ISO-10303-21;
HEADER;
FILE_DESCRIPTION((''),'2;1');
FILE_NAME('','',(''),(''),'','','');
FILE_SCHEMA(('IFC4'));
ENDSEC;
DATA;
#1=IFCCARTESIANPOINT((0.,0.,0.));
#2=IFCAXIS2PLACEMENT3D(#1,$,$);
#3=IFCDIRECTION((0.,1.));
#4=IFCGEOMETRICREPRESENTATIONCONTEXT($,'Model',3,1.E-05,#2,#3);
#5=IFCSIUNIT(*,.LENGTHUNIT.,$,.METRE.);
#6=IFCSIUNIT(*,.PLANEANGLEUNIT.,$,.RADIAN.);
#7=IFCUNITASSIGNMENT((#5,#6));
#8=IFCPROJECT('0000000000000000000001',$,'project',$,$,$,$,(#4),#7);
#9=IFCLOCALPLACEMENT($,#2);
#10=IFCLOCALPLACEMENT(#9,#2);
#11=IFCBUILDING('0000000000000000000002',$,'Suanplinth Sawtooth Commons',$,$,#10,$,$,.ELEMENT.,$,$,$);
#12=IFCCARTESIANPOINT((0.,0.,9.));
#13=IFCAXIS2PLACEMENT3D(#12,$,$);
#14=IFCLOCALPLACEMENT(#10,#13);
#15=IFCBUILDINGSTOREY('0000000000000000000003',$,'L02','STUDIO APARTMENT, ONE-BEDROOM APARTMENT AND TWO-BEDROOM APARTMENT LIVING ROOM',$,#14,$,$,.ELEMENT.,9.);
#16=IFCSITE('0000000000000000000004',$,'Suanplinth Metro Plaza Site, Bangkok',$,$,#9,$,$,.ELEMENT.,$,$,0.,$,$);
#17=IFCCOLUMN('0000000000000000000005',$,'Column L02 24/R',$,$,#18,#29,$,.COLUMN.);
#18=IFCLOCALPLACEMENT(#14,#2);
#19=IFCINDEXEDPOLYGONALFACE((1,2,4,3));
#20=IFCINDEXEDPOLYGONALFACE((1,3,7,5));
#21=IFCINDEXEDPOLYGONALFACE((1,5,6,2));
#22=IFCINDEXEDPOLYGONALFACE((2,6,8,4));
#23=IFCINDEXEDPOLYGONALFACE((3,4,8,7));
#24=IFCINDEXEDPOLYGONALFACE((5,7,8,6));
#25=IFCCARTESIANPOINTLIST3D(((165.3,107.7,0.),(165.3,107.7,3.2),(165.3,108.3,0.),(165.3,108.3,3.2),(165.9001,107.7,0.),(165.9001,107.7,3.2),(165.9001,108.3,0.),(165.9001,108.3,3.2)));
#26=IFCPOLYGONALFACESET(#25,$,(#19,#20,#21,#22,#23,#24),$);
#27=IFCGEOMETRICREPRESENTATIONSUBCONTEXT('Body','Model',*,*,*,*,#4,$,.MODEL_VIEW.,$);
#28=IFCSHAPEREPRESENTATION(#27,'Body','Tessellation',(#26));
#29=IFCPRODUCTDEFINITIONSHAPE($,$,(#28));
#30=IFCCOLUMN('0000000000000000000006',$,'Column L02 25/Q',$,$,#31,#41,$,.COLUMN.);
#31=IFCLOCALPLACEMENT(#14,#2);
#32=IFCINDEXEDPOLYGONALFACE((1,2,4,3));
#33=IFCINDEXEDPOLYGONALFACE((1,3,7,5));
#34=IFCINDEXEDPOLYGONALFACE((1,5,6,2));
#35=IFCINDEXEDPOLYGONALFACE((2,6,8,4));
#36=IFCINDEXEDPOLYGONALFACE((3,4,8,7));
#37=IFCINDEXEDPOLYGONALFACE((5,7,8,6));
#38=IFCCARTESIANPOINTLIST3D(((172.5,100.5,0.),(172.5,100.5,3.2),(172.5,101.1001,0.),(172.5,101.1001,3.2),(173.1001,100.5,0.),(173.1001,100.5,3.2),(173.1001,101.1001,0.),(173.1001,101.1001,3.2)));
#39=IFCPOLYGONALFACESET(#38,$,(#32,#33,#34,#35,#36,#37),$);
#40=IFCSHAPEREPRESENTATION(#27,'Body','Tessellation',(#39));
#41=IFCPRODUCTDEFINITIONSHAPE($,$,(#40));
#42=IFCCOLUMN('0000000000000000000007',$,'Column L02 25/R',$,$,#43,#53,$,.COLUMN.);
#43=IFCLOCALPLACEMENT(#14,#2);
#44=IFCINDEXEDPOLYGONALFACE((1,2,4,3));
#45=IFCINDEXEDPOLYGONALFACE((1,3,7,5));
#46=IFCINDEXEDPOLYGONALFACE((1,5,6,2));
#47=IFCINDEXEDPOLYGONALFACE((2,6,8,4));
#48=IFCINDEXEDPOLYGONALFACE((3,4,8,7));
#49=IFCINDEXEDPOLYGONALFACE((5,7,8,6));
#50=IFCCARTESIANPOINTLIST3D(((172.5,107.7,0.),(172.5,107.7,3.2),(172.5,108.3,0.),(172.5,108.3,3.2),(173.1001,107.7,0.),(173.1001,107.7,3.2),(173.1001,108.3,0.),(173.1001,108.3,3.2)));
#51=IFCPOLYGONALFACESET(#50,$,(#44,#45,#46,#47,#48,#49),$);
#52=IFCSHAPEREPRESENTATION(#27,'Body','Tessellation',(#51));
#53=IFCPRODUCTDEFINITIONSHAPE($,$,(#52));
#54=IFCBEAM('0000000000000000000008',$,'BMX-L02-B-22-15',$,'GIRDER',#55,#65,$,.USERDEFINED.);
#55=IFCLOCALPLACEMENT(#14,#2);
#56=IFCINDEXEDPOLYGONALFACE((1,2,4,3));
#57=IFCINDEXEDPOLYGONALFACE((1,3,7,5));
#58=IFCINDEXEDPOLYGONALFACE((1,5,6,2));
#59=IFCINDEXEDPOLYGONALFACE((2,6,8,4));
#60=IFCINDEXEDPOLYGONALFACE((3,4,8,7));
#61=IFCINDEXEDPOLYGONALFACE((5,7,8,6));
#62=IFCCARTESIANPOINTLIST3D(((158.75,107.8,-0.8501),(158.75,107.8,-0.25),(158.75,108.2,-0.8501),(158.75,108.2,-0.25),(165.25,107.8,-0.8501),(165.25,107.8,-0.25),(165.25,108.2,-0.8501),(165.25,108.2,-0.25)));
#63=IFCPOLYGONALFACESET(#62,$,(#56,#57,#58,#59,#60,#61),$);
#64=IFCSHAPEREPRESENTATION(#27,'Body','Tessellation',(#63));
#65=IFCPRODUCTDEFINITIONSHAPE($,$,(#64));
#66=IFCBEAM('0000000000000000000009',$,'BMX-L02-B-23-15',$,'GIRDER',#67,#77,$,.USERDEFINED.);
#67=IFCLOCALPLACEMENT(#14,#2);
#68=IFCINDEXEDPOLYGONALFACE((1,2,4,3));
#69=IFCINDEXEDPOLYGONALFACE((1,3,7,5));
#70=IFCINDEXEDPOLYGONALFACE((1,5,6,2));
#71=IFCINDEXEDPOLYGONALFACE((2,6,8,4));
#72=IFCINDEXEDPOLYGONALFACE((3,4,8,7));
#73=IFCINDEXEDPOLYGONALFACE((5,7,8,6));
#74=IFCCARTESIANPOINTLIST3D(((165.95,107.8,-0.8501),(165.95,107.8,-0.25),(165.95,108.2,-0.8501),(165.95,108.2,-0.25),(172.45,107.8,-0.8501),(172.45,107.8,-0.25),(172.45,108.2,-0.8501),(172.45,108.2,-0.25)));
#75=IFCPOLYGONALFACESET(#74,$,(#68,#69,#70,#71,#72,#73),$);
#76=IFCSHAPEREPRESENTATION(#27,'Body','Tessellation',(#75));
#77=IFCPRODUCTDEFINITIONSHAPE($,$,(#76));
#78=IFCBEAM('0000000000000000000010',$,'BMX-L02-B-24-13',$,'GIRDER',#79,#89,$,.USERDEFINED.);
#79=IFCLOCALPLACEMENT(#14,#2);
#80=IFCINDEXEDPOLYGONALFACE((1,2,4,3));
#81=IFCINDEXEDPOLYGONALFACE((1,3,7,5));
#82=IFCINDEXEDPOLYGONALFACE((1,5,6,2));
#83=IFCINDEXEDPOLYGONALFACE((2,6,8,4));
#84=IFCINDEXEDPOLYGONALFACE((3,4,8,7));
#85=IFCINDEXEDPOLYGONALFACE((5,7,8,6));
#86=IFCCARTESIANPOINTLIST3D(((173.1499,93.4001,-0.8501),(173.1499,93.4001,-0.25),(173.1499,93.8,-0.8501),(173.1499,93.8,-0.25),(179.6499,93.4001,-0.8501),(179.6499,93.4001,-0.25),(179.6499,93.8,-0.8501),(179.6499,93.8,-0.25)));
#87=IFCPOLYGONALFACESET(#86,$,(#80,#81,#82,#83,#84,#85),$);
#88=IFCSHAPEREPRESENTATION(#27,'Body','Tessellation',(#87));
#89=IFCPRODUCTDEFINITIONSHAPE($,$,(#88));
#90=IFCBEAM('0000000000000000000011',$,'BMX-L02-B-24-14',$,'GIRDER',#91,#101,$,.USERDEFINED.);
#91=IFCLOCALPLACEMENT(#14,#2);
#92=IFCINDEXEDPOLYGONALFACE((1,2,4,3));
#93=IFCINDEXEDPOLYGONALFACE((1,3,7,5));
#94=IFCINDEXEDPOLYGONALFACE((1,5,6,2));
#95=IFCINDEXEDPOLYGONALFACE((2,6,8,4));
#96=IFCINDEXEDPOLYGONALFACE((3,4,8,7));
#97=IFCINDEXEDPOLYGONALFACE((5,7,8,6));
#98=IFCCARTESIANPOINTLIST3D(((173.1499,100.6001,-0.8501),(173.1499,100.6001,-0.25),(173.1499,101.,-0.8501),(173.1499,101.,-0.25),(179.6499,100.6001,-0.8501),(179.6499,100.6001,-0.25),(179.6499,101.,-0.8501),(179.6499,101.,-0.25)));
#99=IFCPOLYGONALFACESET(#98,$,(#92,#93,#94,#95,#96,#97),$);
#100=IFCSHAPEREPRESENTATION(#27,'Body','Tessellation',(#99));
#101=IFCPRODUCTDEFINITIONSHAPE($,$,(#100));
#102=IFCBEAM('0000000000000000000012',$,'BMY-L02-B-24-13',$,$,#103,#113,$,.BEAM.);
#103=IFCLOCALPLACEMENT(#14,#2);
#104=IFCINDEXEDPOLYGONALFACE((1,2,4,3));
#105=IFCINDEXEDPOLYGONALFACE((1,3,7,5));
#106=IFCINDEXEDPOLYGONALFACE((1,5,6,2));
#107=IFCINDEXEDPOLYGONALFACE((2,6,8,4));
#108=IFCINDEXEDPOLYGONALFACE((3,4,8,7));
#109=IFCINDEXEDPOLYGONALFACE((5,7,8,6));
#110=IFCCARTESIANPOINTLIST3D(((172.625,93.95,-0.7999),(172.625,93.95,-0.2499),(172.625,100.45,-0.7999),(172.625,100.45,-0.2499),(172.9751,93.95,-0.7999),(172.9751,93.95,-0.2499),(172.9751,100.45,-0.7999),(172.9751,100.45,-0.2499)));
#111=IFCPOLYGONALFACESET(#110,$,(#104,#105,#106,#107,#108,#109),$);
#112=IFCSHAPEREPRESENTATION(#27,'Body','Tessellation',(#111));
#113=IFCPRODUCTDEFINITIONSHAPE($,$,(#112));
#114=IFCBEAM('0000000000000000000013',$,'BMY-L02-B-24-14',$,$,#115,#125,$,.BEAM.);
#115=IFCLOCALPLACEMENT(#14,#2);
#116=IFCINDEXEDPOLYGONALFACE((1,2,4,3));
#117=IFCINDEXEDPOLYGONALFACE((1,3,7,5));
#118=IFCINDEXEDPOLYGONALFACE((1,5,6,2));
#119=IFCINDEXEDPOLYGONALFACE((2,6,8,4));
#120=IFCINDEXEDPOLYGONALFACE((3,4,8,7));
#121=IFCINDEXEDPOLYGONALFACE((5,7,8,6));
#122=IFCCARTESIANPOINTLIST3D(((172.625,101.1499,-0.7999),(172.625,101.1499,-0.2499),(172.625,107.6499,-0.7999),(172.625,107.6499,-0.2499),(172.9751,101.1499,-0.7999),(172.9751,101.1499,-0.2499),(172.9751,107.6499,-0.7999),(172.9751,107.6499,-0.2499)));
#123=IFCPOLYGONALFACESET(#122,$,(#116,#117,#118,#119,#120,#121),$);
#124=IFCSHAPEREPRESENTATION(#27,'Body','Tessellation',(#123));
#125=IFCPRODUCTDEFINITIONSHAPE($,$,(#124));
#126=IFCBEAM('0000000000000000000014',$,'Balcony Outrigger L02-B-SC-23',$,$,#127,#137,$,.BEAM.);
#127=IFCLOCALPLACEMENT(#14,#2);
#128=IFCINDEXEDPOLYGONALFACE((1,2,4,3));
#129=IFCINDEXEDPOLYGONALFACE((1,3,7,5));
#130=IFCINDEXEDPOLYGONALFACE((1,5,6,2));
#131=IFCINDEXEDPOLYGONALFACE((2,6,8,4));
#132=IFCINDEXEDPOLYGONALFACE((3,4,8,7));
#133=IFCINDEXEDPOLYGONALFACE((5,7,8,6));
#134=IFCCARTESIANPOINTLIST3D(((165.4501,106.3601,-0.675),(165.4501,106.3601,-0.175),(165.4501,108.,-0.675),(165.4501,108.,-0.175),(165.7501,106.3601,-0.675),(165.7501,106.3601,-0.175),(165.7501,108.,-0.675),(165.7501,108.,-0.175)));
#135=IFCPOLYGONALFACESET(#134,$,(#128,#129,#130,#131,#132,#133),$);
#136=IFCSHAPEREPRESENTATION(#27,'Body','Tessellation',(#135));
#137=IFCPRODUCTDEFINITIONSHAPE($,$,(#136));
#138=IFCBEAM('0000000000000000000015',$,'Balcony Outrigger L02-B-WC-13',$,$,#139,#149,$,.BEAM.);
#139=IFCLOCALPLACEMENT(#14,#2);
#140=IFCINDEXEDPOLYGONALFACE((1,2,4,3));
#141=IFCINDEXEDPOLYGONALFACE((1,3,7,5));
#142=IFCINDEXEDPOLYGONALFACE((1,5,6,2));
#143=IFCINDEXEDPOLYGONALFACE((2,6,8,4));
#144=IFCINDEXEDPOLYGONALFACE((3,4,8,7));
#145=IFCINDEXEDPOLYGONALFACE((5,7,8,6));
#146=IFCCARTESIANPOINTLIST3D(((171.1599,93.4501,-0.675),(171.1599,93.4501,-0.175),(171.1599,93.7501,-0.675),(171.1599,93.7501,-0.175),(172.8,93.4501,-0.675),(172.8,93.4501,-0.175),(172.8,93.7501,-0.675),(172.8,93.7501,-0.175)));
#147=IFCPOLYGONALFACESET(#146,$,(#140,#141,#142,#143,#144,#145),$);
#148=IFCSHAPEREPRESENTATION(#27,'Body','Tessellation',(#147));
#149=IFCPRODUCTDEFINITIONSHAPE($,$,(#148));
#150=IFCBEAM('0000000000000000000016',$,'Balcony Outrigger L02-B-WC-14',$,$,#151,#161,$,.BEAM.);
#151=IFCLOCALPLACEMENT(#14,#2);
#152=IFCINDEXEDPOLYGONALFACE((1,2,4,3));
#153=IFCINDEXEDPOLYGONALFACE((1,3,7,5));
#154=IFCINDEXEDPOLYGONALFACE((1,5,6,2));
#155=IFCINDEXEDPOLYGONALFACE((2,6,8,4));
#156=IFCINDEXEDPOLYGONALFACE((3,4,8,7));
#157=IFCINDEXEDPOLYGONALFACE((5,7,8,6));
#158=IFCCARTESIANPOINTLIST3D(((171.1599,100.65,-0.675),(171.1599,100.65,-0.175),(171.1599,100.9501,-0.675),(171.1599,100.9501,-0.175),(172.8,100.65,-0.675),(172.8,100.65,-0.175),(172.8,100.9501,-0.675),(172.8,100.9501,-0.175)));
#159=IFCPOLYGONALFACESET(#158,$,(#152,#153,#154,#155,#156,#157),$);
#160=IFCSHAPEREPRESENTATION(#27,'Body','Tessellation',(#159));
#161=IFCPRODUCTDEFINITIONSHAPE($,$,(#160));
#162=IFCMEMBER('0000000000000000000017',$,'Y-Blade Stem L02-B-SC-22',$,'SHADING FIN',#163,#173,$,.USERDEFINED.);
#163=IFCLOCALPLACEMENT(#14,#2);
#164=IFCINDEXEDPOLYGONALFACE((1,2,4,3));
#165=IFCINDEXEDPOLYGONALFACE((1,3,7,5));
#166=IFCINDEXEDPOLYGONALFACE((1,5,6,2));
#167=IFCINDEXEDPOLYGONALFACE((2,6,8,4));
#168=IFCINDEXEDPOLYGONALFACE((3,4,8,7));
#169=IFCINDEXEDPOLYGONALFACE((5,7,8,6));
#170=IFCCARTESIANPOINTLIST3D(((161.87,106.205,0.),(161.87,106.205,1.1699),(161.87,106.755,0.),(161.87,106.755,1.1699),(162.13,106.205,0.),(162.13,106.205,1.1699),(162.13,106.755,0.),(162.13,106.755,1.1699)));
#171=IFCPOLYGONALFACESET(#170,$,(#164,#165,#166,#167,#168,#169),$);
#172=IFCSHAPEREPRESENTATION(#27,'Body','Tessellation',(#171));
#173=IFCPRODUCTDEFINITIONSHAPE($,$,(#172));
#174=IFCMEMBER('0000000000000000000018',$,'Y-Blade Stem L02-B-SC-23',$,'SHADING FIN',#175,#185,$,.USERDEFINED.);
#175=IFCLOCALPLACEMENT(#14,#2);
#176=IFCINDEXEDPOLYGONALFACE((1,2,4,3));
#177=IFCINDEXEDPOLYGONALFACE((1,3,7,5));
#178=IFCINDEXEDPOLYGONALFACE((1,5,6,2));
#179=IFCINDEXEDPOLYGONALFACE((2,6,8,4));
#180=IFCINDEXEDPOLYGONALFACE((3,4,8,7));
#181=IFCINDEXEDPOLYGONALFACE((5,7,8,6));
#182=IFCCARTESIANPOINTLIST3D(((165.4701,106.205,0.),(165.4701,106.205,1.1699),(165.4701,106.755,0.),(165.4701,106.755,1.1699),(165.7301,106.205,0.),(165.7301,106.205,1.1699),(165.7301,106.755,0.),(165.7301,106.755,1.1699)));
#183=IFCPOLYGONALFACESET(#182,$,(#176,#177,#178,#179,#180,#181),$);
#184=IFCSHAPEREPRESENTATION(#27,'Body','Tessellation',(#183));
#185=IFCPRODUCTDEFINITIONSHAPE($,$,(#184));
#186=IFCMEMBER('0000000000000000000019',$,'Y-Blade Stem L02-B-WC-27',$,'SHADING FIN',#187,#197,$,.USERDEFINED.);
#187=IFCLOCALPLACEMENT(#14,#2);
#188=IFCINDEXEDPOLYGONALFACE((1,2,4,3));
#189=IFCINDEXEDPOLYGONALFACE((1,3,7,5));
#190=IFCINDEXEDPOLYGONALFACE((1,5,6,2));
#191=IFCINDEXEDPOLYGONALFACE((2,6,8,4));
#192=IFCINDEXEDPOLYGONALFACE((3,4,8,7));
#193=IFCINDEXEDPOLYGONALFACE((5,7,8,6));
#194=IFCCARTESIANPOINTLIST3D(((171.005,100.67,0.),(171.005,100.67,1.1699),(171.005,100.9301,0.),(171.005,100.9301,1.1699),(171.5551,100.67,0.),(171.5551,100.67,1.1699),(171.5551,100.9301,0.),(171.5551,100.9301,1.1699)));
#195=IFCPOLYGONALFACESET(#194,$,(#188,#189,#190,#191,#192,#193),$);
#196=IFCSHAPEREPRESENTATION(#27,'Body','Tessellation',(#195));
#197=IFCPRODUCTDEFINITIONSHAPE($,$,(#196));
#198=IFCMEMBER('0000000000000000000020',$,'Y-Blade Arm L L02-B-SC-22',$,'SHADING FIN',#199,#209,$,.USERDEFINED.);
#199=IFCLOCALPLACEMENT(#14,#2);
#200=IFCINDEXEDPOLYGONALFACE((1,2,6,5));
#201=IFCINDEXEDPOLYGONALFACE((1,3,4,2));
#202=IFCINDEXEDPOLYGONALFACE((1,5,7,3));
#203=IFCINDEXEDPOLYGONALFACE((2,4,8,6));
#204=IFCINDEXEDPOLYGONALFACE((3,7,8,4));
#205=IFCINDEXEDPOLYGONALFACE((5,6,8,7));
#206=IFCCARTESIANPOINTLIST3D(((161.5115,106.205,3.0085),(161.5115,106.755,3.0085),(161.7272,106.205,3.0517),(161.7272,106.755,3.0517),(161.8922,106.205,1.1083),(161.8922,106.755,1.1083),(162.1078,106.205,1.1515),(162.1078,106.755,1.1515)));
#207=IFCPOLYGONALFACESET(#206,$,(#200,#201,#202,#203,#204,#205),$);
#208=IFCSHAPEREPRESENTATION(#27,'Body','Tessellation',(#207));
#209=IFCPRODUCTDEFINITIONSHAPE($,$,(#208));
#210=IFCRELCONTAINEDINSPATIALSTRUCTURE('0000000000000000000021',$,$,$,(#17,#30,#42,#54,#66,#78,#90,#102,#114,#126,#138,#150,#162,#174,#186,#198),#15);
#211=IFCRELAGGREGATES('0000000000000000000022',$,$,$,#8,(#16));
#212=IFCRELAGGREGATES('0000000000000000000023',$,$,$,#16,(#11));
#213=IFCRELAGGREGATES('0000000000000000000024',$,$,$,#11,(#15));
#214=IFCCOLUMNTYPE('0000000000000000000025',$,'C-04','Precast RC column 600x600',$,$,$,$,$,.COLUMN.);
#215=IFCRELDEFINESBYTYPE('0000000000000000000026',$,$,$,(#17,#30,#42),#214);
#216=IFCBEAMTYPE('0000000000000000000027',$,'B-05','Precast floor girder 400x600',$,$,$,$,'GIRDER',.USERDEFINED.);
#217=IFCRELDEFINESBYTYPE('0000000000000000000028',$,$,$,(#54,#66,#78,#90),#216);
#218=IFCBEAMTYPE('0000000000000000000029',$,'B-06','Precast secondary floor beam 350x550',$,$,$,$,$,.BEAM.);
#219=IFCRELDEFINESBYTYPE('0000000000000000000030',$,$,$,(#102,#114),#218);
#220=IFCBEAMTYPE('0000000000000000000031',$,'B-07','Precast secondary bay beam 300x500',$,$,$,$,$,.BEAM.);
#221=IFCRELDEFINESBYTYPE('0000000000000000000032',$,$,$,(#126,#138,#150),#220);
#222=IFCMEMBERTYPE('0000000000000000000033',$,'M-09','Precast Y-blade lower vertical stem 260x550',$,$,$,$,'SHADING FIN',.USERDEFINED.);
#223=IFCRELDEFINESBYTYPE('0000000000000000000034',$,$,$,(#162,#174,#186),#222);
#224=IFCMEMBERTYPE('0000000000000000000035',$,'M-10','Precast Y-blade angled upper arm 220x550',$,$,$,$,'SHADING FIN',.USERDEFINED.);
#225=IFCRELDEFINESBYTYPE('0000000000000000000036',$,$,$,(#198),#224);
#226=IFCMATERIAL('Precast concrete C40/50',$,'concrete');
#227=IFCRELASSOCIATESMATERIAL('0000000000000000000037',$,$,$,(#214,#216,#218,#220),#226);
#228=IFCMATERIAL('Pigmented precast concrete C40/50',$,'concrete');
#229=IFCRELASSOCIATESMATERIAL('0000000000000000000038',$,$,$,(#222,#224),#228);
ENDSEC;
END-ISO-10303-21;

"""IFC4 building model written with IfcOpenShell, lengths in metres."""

from ifc_helpers import new_model, si_unit, direction, frame, origin, origin_2d, place, context, subcontext, project, spatial, rectangle, extrude, material, material_profile, profile_set, type_object, element, save


model = new_model("IFC4")

# Units and contexts
model_context = context("Model", 3, precision=1e-05, world=origin(), true_north=direction((0.0, 1.0)))
body_context = subcontext(model_context, "Body", "Model", "MODEL_VIEW")
ifc_project = project(units=[si_unit("LENGTHUNIT", "METRE"), si_unit("PLANEANGLEUNIT", "RADIAN")], contexts=[model_context])

# Site, building, storey
site_placement = place(None, origin())
site = spatial("IfcSite", under=ifc_project, at=site_placement, Name="Suanplinth Metro Plaza Site, Bangkok", CompositionType="ELEMENT", RefElevation=0.0)
building_placement = place(site_placement, origin())
building = spatial("IfcBuilding", under=site, at=building_placement, Name="Suanplinth Sawtooth Commons", CompositionType="ELEMENT")
storey_placement = place(building_placement, frame((0.0, 0.0, 9.0)))
storey = spatial("IfcBuildingStorey", under=building, at=storey_placement, Name="L02", Description="STUDIO APARTMENT, ONE-BEDROOM APARTMENT AND TWO-BEDROOM APARTMENT LIVING ROOM", CompositionType="ELEMENT", Elevation=9.0)

# Columns
ifc_material_1 = material(Name="Precast concrete C40/50", Category="concrete")
ifc_material_profile_1 = material_profile(ifc_material_1, rectangle(XDim=0.6001, YDim=0.6001, at=origin_2d()), Name="PC-COL 600x600")
ifc_profile_set_1 = profile_set([ifc_material_profile_1], Name="Precast concrete C40/50")
column_type = type_object("IfcColumnType", Name="C-04", Description="Precast RC column 600x600", PredefinedType="COLUMN", material=ifc_profile_set_1)
for number, where, z_axis, x_axis, name in (
    (1, (165.6001, 108.0, 0.0), (0.0, 0.0, 1.0), (1.0, 0.0, 0.0), "Column L02 24/R"),
    (2, (172.8, 100.8, 0.0), (0.0, 0.0, 1.0), (1.0, 0.0, 0.0), "Column L02 25/Q"),
    (3, (172.8, 108.0, 0.0), (0.0, 0.0, 1.0), (1.0, 0.0, 0.0), "Column L02 25/R"),
):
    element("IfcColumn", number, at=place(storey_placement, frame(where, z_axis=z_axis, x_axis=x_axis)), inside=storey, type_object=column_type, Name=name, PredefinedType="COLUMN", context=body_context, shape_type="SweptSolid", body=[
        extrude(rectangle(XDim=0.6001, YDim=0.6001, at=origin_2d()), origin(), (0.0, 0.0, 1.0), 3.2),
    ])

# Beams
ifc_material_profile_2 = material_profile(ifc_material_1, rectangle(XDim=0.3999, YDim=0.6001, at=origin_2d()), Name="PC-GDR 400x600")
ifc_profile_set_2 = profile_set([ifc_material_profile_2], Name="Precast concrete C40/50")
beam_type_1 = type_object("IfcBeamType", Name="B-05", Description="Precast floor girder 400x600", ElementType="GIRDER", PredefinedType="USERDEFINED", material=ifc_profile_set_2)
for number, where, z_axis, x_axis, name in (
    (4, (158.75, 108.0, -0.55), (1.0, 0.0, 0.0), (0.0, 1.0, 0.0), "BMX-L02-B-22-15"),
    (5, (165.95, 108.0, -0.55), (1.0, 0.0, 0.0), (0.0, 1.0, 0.0), "BMX-L02-B-23-15"),
    (6, (173.1499, 93.6001, -0.55), (1.0, 0.0, 0.0), (0.0, 1.0, 0.0), "BMX-L02-B-24-13"),
    (7, (173.1499, 100.8, -0.55), (1.0, 0.0, 0.0), (0.0, 1.0, 0.0), "BMX-L02-B-24-14"),
):
    element("IfcBeam", number, at=place(storey_placement, frame(where, z_axis=z_axis, x_axis=x_axis)), inside=storey, type_object=beam_type_1, Name=name, ObjectType="GIRDER", PredefinedType="USERDEFINED", context=body_context, shape_type="SweptSolid", body=[
        extrude(rectangle(XDim=0.3999, YDim=0.6001, at=origin_2d()), origin(), (0.0, 0.0, 1.0), 6.5),
    ])
ifc_material_profile_3 = material_profile(ifc_material_1, rectangle(XDim=0.3501, YDim=0.55, at=origin_2d()), Name="PC-BM 350x550")
ifc_profile_set_3 = profile_set([ifc_material_profile_3], Name="Precast concrete C40/50")
beam_type_2 = type_object("IfcBeamType", Name="B-06", Description="Precast secondary floor beam 350x550", PredefinedType="BEAM", material=ifc_profile_set_3)
for number, where, z_axis, x_axis, name in (
    (8, (172.8, 93.95, -0.5249), (0.0, 1.0, 0.0), (-1.0, 0.0, 0.0), "BMY-L02-B-24-13"),
    (9, (172.8, 101.1499, -0.5249), (0.0, 1.0, 0.0), (-1.0, 0.0, 0.0), "BMY-L02-B-24-14"),
):
    element("IfcBeam", number, at=place(storey_placement, frame(where, z_axis=z_axis, x_axis=x_axis)), inside=storey, type_object=beam_type_2, Name=name, PredefinedType="BEAM", context=body_context, shape_type="SweptSolid", body=[
        extrude(rectangle(XDim=0.3501, YDim=0.55, at=origin_2d()), origin(), (0.0, 0.0, 1.0), 6.5),
    ])
ifc_material_profile_4 = material_profile(ifc_material_1, rectangle(XDim=0.3, YDim=0.5, at=origin_2d()), Name="PC-BM 300x500")
ifc_profile_set_4 = profile_set([ifc_material_profile_4], Name="Precast concrete C40/50")
beam_type_3 = type_object("IfcBeamType", Name="B-07", Description="Precast secondary bay beam 300x500", PredefinedType="BEAM", material=ifc_profile_set_4)
beam_placement = place(storey_placement, frame((165.6001, 108.0, -0.425), z_axis=(0.0, -1.0, 0.0), x_axis=(1.0, 0.0, 0.0)))
element("IfcBeam", 10, at=beam_placement, inside=storey, type_object=beam_type_3, Name="Balcony Outrigger L02-B-SC-23", PredefinedType="BEAM", context=body_context, shape_type="SweptSolid", body=[
    extrude(rectangle(XDim=0.3, YDim=0.5, at=origin_2d()), origin(), (0.0, 0.0, 1.0), 1.6399),
])
for number, where, z_axis, x_axis, name in (
    (11, (172.8, 93.6001, -0.425), (-1.0, 0.0, 0.0), (0.0, -1.0, 0.0), "Balcony Outrigger L02-B-WC-13"),
    (12, (172.8, 100.8, -0.425), (-1.0, 0.0, 0.0), (0.0, -1.0, 0.0), "Balcony Outrigger L02-B-WC-14"),
):
    element("IfcBeam", number, at=place(storey_placement, frame(where, z_axis=z_axis, x_axis=x_axis)), inside=storey, type_object=beam_type_3, Name=name, PredefinedType="BEAM", context=body_context, shape_type="SweptSolid", body=[
        extrude(rectangle(XDim=0.3, YDim=0.5, at=origin_2d()), origin(), (0.0, 0.0, 1.0), 1.6401),
    ])

# Members
ifc_material_2 = material(Name="Pigmented precast concrete C40/50", Category="concrete")
ifc_material_profile_5 = material_profile(ifc_material_2, rectangle(XDim=0.26, YDim=0.55, at=origin_2d()), Name="PC-FIN 260x550")
ifc_profile_set_5 = profile_set([ifc_material_profile_5], Name="Pigmented precast concrete C40/50")
member_type_1 = type_object("IfcMemberType", Name="M-09", Description="Precast Y-blade lower vertical stem 260x550", ElementType="SHADING FIN", PredefinedType="USERDEFINED", material=ifc_profile_set_5)
for number, where, z_axis, x_axis, name in (
    (13, (162.0, 106.48, 0.0), (0.0, 0.0, 1.0), (1.0, 0.0, 0.0), "Y-Blade Stem L02-B-SC-22"),
    (14, (165.6001, 106.48, 0.0), (0.0, 0.0, 1.0), (1.0, 0.0, 0.0), "Y-Blade Stem L02-B-SC-23"),
    (15, (171.28, 100.8, 0.0), (0.0, 0.0, 1.0), (0.0, 1.0, 0.0), "Y-Blade Stem L02-B-WC-27"),
):
    element("IfcMember", number, at=place(storey_placement, frame(where, z_axis=z_axis, x_axis=x_axis)), inside=storey, type_object=member_type_1, Name=name, ObjectType="SHADING FIN", PredefinedType="USERDEFINED", context=body_context, shape_type="SweptSolid", body=[
        extrude(rectangle(XDim=0.26, YDim=0.55, at=origin_2d()), origin(), (0.0, 0.0, 1.0), 1.1699),
    ])
ifc_material_profile_6 = material_profile(ifc_material_2, rectangle(XDim=0.22, YDim=0.55, at=origin_2d()), Name="PC-FIN 220x550")
ifc_profile_set_6 = profile_set([ifc_material_profile_6], Name="Pigmented precast concrete C40/50")
member_type_2 = type_object("IfcMemberType", Name="M-10", Description="Precast Y-blade angled upper arm 220x550", ElementType="SHADING FIN", PredefinedType="USERDEFINED", material=ifc_profile_set_6)
for number, where, z_axis, x_axis, name in (
    (16, (162.0, 106.48, 1.1299), (-0.196407, 0.0, 0.980522), (0.980522, 0.0, 0.196407), "Y-Blade Arm L L02-B-SC-22"),
):
    element("IfcMember", number, at=place(storey_placement, frame(where, z_axis=z_axis, x_axis=x_axis)), inside=storey, type_object=member_type_2, Name=name, ObjectType="SHADING FIN", PredefinedType="USERDEFINED", context=body_context, shape_type="SweptSolid", body=[
        extrude(rectangle(XDim=0.22, YDim=0.55, at=origin_2d()), origin(), (0.0, 0.0, 1.0), 1.938),
    ])

save(model, "model.ifc")
